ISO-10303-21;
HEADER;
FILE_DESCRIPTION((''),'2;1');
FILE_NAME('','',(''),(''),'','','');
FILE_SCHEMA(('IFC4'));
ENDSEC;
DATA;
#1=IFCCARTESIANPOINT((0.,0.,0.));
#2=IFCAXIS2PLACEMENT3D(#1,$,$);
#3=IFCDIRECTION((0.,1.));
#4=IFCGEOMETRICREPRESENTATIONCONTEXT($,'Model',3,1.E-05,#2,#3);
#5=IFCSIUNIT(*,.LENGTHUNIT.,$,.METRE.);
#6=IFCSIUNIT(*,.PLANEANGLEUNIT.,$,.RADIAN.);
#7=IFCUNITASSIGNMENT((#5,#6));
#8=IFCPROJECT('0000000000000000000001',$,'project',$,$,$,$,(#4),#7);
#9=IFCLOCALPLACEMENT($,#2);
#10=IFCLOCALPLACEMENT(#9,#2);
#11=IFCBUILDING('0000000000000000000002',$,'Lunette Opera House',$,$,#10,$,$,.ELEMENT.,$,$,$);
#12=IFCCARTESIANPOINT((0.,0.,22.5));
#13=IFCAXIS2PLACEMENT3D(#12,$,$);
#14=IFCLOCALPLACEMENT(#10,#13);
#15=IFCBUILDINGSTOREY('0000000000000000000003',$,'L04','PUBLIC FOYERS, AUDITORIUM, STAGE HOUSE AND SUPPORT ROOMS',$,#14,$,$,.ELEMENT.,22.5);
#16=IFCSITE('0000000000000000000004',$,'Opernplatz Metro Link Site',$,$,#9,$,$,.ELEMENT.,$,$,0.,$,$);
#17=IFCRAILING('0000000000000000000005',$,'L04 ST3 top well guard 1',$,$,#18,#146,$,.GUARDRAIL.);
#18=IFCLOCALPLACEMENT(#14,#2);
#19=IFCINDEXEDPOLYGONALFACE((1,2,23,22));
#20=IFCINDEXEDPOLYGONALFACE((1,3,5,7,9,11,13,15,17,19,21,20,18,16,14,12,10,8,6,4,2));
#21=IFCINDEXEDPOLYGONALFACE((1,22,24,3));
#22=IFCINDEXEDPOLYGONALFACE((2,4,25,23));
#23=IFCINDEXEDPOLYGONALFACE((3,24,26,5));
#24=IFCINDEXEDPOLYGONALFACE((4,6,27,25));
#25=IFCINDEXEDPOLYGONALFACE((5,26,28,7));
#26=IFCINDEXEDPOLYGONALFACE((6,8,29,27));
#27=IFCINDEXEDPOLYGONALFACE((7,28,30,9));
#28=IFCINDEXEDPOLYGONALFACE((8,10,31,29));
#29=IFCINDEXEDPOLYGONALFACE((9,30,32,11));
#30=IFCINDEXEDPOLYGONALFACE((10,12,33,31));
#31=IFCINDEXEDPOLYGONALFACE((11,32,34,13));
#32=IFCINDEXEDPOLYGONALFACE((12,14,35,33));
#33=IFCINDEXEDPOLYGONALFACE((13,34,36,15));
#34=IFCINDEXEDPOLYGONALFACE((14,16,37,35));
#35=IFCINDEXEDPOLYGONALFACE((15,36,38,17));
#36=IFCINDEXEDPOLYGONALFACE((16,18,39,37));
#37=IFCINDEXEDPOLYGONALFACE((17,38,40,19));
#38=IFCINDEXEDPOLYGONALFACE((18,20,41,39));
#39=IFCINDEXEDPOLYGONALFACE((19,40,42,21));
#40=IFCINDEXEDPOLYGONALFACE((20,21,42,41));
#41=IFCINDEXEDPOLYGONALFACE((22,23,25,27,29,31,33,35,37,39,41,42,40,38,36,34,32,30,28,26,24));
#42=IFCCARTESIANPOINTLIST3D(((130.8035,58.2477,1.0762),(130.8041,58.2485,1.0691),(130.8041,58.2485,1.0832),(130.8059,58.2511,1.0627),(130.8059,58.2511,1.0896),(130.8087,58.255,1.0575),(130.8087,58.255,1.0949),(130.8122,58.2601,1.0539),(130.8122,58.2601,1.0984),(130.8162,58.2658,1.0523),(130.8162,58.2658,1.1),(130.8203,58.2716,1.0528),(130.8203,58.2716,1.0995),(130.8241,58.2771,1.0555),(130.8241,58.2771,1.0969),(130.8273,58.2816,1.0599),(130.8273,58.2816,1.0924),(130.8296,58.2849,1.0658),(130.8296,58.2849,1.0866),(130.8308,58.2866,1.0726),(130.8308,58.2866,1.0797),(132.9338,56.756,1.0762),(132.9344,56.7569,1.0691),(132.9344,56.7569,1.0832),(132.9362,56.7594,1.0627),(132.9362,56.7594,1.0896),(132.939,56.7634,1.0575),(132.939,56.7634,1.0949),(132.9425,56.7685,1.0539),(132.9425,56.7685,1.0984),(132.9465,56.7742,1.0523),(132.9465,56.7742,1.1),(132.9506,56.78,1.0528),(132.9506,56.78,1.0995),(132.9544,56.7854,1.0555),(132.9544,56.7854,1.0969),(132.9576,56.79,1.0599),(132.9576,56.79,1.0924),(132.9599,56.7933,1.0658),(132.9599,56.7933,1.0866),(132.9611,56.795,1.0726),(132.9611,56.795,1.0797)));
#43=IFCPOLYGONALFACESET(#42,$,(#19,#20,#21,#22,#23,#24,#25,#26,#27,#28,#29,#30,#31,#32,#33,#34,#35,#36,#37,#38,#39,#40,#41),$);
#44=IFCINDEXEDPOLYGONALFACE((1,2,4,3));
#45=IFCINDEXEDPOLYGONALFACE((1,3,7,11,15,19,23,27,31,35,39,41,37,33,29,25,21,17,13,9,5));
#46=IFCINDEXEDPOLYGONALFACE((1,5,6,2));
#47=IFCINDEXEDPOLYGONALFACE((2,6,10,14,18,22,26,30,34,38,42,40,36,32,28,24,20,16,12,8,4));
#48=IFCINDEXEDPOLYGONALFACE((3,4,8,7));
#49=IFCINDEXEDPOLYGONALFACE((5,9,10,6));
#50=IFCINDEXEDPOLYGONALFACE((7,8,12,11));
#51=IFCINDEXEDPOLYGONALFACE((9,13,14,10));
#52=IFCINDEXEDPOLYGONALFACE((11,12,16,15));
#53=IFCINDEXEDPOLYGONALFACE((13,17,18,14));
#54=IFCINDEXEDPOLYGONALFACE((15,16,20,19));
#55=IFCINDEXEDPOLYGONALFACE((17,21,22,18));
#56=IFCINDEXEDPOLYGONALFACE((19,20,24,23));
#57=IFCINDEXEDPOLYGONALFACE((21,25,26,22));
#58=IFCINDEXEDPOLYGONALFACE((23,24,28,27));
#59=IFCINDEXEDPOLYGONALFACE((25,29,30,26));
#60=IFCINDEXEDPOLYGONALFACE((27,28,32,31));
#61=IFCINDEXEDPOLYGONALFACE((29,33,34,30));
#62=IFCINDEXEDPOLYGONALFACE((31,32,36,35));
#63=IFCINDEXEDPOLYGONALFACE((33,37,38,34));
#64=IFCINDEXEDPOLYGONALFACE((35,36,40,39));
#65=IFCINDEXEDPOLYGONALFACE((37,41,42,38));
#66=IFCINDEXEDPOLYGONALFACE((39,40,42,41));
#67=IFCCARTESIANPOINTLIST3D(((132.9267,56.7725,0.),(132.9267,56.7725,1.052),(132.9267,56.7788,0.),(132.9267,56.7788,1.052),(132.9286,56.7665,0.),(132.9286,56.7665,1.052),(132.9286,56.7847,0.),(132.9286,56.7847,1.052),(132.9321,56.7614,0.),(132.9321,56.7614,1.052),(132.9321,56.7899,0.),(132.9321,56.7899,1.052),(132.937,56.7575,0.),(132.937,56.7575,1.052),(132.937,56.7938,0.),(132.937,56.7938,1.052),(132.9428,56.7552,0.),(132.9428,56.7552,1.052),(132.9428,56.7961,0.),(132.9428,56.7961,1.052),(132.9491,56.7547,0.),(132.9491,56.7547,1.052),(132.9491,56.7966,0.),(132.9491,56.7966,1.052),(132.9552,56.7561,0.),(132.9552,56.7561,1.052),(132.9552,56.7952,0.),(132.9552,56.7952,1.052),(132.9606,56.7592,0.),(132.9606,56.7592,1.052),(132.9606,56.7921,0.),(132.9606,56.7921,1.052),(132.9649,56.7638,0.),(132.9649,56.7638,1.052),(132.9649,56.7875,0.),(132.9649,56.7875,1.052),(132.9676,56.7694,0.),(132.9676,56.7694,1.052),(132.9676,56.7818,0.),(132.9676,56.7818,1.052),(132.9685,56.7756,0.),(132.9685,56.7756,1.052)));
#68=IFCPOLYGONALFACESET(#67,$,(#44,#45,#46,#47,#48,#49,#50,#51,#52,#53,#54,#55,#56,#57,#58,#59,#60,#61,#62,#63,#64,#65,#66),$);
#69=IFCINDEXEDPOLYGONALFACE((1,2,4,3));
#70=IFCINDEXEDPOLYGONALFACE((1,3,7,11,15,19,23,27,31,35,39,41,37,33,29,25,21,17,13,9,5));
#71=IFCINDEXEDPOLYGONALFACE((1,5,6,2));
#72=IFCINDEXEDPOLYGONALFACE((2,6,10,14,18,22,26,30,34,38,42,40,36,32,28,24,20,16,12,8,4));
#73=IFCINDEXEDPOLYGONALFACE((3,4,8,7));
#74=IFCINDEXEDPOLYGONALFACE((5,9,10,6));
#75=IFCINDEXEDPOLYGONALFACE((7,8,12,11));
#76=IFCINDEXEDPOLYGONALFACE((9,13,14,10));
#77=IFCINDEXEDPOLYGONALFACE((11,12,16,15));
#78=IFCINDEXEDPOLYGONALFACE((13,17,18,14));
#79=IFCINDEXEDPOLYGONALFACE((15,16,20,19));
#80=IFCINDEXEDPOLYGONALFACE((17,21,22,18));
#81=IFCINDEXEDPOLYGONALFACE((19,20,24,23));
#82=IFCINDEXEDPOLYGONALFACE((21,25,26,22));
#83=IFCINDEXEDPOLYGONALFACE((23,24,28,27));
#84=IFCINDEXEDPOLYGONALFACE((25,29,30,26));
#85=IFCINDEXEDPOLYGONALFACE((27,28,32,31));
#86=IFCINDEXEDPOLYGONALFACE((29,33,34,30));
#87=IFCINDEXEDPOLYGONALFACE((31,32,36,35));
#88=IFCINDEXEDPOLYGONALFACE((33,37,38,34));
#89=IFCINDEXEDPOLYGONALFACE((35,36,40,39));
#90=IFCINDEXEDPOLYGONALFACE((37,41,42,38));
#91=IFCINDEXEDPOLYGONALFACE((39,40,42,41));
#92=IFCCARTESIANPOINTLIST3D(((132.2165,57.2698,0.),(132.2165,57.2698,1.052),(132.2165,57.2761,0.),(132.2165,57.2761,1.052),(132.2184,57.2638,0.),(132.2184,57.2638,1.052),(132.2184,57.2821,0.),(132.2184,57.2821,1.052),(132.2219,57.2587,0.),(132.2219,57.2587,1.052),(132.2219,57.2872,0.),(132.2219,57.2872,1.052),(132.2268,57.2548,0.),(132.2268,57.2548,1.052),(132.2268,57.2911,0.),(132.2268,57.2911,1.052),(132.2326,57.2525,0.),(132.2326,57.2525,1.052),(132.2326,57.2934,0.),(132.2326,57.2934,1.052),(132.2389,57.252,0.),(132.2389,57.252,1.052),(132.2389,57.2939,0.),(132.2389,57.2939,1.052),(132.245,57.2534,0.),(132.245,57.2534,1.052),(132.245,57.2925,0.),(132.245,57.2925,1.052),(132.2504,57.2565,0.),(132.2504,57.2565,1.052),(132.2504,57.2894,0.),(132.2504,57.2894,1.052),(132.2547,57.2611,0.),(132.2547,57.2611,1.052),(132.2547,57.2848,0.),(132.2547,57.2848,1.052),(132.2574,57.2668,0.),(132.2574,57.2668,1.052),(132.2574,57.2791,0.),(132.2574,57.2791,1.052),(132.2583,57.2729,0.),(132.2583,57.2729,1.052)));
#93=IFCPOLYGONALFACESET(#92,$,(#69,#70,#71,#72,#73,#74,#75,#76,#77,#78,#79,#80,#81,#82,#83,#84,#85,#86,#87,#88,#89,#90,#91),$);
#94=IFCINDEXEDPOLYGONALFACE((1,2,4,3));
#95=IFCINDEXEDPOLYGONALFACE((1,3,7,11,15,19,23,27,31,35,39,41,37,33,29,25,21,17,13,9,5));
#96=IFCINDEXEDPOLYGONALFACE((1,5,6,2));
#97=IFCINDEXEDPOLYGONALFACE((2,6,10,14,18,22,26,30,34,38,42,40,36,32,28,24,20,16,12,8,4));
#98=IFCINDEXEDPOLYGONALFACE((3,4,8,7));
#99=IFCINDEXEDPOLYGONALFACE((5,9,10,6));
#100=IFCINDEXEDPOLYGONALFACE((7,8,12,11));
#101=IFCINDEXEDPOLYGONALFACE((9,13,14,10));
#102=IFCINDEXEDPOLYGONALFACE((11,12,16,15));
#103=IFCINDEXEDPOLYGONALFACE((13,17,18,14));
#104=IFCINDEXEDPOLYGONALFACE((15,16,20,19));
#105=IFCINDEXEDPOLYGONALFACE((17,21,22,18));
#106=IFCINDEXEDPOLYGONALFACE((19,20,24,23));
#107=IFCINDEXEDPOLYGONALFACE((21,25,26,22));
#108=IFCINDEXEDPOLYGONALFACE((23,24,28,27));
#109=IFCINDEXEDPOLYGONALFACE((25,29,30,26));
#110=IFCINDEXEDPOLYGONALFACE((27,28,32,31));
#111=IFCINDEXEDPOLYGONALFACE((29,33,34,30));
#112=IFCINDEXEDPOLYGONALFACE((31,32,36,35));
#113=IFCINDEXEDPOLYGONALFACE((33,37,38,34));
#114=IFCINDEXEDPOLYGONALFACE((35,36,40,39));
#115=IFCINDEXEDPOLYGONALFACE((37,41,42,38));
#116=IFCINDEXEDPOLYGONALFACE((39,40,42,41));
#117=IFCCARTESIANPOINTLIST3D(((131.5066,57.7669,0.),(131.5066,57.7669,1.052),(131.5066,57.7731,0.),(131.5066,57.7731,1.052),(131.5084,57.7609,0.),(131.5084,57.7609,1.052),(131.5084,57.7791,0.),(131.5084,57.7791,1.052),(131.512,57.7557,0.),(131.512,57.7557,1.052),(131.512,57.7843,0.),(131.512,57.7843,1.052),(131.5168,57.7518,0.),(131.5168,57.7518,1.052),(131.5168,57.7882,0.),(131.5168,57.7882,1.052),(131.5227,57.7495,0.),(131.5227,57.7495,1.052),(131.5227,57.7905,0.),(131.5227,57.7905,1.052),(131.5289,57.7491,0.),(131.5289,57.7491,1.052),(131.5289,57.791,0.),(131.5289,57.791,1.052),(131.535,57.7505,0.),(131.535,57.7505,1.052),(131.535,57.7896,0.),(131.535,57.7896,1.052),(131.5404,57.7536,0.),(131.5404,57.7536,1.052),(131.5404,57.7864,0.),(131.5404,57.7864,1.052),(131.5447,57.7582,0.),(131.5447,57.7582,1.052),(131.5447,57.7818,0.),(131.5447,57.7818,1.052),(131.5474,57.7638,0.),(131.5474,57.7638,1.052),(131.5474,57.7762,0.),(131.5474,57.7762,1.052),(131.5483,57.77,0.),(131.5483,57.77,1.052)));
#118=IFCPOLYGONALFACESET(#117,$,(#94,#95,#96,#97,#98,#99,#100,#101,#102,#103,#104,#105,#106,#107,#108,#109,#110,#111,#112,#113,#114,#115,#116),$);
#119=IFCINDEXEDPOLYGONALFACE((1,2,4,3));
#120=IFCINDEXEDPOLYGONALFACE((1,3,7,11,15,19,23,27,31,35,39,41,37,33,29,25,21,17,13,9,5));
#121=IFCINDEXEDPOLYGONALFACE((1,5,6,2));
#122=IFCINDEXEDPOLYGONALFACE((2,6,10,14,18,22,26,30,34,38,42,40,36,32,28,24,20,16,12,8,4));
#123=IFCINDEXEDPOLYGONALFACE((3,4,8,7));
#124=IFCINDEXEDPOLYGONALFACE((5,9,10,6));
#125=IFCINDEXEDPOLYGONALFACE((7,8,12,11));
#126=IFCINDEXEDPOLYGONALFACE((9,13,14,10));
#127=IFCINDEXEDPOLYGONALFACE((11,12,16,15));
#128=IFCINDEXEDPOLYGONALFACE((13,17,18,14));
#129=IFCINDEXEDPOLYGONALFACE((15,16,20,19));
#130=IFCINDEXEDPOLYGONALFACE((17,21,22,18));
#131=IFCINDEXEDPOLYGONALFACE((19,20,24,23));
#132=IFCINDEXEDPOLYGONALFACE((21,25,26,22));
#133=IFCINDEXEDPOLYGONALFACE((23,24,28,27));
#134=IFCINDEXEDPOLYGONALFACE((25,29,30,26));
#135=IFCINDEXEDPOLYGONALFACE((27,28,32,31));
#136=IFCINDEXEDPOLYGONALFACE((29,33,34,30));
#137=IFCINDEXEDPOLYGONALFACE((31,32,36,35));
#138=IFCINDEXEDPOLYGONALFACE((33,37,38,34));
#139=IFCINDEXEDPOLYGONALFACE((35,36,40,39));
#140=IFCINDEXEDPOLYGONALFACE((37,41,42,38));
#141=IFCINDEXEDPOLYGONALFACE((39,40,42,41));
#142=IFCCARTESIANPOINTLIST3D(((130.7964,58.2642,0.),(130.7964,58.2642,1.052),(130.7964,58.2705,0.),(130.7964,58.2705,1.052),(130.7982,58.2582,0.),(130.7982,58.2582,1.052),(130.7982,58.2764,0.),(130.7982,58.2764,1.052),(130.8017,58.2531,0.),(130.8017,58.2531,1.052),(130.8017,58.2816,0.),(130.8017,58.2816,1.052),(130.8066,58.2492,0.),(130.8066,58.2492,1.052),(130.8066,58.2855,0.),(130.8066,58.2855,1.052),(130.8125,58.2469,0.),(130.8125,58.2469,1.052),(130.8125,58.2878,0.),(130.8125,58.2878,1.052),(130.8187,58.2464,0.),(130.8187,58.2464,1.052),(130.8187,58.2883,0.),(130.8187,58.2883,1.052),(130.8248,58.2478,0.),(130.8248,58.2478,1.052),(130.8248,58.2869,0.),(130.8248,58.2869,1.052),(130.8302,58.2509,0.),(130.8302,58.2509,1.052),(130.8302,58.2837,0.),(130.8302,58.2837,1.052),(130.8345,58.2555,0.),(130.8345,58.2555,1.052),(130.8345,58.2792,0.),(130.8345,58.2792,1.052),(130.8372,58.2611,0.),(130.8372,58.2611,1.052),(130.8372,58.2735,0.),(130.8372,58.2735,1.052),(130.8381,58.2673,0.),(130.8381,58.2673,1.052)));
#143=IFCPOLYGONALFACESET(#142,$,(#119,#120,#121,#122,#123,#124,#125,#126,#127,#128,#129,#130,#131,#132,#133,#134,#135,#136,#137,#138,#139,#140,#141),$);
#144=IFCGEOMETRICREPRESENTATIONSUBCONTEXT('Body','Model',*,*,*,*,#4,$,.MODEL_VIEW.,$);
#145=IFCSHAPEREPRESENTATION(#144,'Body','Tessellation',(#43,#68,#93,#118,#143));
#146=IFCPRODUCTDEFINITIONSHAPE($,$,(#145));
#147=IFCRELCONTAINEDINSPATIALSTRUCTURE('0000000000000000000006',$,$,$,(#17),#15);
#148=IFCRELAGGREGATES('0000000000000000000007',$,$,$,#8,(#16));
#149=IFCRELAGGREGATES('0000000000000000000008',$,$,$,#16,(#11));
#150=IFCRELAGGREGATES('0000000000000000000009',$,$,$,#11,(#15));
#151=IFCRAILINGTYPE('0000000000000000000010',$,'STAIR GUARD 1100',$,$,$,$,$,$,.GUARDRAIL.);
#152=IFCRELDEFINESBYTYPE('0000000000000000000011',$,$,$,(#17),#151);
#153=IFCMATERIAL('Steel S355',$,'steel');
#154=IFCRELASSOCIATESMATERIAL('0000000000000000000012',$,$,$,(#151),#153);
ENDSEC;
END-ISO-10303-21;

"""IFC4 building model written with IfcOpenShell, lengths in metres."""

from ifc_helpers import new_model, si_unit, direction, frame, origin, origin_2d, place, context, subcontext, project, spatial, circle, extrude, material, type_object, element, save


model = new_model("IFC4")

# Units and contexts
model_context = context("Model", 3, precision=1e-05, world=origin(), true_north=direction((0.0, 1.0)))
body_context = subcontext(model_context, "Body", "Model", "MODEL_VIEW")
ifc_project = project(units=[si_unit("LENGTHUNIT", "METRE"), si_unit("PLANEANGLEUNIT", "RADIAN")], contexts=[model_context])

# Site, building, storey
site_placement = place(None, origin())
site = spatial("IfcSite", under=ifc_project, at=site_placement, Name="Opernplatz Metro Link Site", CompositionType="ELEMENT", RefElevation=0.0)
building_placement = place(site_placement, origin())
building = spatial("IfcBuilding", under=site, at=building_placement, Name="Lunette Opera House", CompositionType="ELEMENT")
storey_placement = place(building_placement, frame((0.0, 0.0, 22.5)))
storey = spatial("IfcBuildingStorey", under=building, at=storey_placement, Name="L04", Description="PUBLIC FOYERS, AUDITORIUM, STAGE HOUSE AND SUPPORT ROOMS", CompositionType="ELEMENT", Elevation=22.5)

# Railing
ifc_material_1 = material(Name="Steel S355", Category="steel")
railing_type = type_object("IfcRailingType", Name="STAIR GUARD 1100", PredefinedType="GUARDRAIL", material=ifc_material_1)
railing_placement = place(storey_placement, frame((132.9475, 56.7756, 0.0)))
element("IfcRailing", 1, at=railing_placement, inside=storey, type_object=railing_type, Name="L04 ST3 top well guard 1", PredefinedType="GUARDRAIL", context=body_context, shape_type="SweptSolid", body=[
    extrude(circle(Radius=0.0239, at=origin_2d()), frame((0.0, 0.0, 1.0762), z_axis=(-0.819153, 0.573576, 0.0), x_axis=(-0.573576, -0.819153, 0.0)), (0.0, 0.0, 1.0), 2.6006),
    extrude(circle(Radius=0.021, at=origin_2d()), origin(), (0.0, 0.0, 1.0), 1.052),
    extrude(circle(Radius=0.021, at=origin_2d()), frame((-0.7102, 0.4973, 0.0)), (0.0, 0.0, 1.0), 1.052),
    extrude(circle(Radius=0.021, at=origin_2d()), frame((-1.4202, 0.9944, 0.0)), (0.0, 0.0, 1.0), 1.052),
    extrude(circle(Radius=0.021, at=origin_2d()), frame((-2.1304, 1.4917, 0.0)), (0.0, 0.0, 1.0), 1.052),
])

save(model, "model.ifc")
